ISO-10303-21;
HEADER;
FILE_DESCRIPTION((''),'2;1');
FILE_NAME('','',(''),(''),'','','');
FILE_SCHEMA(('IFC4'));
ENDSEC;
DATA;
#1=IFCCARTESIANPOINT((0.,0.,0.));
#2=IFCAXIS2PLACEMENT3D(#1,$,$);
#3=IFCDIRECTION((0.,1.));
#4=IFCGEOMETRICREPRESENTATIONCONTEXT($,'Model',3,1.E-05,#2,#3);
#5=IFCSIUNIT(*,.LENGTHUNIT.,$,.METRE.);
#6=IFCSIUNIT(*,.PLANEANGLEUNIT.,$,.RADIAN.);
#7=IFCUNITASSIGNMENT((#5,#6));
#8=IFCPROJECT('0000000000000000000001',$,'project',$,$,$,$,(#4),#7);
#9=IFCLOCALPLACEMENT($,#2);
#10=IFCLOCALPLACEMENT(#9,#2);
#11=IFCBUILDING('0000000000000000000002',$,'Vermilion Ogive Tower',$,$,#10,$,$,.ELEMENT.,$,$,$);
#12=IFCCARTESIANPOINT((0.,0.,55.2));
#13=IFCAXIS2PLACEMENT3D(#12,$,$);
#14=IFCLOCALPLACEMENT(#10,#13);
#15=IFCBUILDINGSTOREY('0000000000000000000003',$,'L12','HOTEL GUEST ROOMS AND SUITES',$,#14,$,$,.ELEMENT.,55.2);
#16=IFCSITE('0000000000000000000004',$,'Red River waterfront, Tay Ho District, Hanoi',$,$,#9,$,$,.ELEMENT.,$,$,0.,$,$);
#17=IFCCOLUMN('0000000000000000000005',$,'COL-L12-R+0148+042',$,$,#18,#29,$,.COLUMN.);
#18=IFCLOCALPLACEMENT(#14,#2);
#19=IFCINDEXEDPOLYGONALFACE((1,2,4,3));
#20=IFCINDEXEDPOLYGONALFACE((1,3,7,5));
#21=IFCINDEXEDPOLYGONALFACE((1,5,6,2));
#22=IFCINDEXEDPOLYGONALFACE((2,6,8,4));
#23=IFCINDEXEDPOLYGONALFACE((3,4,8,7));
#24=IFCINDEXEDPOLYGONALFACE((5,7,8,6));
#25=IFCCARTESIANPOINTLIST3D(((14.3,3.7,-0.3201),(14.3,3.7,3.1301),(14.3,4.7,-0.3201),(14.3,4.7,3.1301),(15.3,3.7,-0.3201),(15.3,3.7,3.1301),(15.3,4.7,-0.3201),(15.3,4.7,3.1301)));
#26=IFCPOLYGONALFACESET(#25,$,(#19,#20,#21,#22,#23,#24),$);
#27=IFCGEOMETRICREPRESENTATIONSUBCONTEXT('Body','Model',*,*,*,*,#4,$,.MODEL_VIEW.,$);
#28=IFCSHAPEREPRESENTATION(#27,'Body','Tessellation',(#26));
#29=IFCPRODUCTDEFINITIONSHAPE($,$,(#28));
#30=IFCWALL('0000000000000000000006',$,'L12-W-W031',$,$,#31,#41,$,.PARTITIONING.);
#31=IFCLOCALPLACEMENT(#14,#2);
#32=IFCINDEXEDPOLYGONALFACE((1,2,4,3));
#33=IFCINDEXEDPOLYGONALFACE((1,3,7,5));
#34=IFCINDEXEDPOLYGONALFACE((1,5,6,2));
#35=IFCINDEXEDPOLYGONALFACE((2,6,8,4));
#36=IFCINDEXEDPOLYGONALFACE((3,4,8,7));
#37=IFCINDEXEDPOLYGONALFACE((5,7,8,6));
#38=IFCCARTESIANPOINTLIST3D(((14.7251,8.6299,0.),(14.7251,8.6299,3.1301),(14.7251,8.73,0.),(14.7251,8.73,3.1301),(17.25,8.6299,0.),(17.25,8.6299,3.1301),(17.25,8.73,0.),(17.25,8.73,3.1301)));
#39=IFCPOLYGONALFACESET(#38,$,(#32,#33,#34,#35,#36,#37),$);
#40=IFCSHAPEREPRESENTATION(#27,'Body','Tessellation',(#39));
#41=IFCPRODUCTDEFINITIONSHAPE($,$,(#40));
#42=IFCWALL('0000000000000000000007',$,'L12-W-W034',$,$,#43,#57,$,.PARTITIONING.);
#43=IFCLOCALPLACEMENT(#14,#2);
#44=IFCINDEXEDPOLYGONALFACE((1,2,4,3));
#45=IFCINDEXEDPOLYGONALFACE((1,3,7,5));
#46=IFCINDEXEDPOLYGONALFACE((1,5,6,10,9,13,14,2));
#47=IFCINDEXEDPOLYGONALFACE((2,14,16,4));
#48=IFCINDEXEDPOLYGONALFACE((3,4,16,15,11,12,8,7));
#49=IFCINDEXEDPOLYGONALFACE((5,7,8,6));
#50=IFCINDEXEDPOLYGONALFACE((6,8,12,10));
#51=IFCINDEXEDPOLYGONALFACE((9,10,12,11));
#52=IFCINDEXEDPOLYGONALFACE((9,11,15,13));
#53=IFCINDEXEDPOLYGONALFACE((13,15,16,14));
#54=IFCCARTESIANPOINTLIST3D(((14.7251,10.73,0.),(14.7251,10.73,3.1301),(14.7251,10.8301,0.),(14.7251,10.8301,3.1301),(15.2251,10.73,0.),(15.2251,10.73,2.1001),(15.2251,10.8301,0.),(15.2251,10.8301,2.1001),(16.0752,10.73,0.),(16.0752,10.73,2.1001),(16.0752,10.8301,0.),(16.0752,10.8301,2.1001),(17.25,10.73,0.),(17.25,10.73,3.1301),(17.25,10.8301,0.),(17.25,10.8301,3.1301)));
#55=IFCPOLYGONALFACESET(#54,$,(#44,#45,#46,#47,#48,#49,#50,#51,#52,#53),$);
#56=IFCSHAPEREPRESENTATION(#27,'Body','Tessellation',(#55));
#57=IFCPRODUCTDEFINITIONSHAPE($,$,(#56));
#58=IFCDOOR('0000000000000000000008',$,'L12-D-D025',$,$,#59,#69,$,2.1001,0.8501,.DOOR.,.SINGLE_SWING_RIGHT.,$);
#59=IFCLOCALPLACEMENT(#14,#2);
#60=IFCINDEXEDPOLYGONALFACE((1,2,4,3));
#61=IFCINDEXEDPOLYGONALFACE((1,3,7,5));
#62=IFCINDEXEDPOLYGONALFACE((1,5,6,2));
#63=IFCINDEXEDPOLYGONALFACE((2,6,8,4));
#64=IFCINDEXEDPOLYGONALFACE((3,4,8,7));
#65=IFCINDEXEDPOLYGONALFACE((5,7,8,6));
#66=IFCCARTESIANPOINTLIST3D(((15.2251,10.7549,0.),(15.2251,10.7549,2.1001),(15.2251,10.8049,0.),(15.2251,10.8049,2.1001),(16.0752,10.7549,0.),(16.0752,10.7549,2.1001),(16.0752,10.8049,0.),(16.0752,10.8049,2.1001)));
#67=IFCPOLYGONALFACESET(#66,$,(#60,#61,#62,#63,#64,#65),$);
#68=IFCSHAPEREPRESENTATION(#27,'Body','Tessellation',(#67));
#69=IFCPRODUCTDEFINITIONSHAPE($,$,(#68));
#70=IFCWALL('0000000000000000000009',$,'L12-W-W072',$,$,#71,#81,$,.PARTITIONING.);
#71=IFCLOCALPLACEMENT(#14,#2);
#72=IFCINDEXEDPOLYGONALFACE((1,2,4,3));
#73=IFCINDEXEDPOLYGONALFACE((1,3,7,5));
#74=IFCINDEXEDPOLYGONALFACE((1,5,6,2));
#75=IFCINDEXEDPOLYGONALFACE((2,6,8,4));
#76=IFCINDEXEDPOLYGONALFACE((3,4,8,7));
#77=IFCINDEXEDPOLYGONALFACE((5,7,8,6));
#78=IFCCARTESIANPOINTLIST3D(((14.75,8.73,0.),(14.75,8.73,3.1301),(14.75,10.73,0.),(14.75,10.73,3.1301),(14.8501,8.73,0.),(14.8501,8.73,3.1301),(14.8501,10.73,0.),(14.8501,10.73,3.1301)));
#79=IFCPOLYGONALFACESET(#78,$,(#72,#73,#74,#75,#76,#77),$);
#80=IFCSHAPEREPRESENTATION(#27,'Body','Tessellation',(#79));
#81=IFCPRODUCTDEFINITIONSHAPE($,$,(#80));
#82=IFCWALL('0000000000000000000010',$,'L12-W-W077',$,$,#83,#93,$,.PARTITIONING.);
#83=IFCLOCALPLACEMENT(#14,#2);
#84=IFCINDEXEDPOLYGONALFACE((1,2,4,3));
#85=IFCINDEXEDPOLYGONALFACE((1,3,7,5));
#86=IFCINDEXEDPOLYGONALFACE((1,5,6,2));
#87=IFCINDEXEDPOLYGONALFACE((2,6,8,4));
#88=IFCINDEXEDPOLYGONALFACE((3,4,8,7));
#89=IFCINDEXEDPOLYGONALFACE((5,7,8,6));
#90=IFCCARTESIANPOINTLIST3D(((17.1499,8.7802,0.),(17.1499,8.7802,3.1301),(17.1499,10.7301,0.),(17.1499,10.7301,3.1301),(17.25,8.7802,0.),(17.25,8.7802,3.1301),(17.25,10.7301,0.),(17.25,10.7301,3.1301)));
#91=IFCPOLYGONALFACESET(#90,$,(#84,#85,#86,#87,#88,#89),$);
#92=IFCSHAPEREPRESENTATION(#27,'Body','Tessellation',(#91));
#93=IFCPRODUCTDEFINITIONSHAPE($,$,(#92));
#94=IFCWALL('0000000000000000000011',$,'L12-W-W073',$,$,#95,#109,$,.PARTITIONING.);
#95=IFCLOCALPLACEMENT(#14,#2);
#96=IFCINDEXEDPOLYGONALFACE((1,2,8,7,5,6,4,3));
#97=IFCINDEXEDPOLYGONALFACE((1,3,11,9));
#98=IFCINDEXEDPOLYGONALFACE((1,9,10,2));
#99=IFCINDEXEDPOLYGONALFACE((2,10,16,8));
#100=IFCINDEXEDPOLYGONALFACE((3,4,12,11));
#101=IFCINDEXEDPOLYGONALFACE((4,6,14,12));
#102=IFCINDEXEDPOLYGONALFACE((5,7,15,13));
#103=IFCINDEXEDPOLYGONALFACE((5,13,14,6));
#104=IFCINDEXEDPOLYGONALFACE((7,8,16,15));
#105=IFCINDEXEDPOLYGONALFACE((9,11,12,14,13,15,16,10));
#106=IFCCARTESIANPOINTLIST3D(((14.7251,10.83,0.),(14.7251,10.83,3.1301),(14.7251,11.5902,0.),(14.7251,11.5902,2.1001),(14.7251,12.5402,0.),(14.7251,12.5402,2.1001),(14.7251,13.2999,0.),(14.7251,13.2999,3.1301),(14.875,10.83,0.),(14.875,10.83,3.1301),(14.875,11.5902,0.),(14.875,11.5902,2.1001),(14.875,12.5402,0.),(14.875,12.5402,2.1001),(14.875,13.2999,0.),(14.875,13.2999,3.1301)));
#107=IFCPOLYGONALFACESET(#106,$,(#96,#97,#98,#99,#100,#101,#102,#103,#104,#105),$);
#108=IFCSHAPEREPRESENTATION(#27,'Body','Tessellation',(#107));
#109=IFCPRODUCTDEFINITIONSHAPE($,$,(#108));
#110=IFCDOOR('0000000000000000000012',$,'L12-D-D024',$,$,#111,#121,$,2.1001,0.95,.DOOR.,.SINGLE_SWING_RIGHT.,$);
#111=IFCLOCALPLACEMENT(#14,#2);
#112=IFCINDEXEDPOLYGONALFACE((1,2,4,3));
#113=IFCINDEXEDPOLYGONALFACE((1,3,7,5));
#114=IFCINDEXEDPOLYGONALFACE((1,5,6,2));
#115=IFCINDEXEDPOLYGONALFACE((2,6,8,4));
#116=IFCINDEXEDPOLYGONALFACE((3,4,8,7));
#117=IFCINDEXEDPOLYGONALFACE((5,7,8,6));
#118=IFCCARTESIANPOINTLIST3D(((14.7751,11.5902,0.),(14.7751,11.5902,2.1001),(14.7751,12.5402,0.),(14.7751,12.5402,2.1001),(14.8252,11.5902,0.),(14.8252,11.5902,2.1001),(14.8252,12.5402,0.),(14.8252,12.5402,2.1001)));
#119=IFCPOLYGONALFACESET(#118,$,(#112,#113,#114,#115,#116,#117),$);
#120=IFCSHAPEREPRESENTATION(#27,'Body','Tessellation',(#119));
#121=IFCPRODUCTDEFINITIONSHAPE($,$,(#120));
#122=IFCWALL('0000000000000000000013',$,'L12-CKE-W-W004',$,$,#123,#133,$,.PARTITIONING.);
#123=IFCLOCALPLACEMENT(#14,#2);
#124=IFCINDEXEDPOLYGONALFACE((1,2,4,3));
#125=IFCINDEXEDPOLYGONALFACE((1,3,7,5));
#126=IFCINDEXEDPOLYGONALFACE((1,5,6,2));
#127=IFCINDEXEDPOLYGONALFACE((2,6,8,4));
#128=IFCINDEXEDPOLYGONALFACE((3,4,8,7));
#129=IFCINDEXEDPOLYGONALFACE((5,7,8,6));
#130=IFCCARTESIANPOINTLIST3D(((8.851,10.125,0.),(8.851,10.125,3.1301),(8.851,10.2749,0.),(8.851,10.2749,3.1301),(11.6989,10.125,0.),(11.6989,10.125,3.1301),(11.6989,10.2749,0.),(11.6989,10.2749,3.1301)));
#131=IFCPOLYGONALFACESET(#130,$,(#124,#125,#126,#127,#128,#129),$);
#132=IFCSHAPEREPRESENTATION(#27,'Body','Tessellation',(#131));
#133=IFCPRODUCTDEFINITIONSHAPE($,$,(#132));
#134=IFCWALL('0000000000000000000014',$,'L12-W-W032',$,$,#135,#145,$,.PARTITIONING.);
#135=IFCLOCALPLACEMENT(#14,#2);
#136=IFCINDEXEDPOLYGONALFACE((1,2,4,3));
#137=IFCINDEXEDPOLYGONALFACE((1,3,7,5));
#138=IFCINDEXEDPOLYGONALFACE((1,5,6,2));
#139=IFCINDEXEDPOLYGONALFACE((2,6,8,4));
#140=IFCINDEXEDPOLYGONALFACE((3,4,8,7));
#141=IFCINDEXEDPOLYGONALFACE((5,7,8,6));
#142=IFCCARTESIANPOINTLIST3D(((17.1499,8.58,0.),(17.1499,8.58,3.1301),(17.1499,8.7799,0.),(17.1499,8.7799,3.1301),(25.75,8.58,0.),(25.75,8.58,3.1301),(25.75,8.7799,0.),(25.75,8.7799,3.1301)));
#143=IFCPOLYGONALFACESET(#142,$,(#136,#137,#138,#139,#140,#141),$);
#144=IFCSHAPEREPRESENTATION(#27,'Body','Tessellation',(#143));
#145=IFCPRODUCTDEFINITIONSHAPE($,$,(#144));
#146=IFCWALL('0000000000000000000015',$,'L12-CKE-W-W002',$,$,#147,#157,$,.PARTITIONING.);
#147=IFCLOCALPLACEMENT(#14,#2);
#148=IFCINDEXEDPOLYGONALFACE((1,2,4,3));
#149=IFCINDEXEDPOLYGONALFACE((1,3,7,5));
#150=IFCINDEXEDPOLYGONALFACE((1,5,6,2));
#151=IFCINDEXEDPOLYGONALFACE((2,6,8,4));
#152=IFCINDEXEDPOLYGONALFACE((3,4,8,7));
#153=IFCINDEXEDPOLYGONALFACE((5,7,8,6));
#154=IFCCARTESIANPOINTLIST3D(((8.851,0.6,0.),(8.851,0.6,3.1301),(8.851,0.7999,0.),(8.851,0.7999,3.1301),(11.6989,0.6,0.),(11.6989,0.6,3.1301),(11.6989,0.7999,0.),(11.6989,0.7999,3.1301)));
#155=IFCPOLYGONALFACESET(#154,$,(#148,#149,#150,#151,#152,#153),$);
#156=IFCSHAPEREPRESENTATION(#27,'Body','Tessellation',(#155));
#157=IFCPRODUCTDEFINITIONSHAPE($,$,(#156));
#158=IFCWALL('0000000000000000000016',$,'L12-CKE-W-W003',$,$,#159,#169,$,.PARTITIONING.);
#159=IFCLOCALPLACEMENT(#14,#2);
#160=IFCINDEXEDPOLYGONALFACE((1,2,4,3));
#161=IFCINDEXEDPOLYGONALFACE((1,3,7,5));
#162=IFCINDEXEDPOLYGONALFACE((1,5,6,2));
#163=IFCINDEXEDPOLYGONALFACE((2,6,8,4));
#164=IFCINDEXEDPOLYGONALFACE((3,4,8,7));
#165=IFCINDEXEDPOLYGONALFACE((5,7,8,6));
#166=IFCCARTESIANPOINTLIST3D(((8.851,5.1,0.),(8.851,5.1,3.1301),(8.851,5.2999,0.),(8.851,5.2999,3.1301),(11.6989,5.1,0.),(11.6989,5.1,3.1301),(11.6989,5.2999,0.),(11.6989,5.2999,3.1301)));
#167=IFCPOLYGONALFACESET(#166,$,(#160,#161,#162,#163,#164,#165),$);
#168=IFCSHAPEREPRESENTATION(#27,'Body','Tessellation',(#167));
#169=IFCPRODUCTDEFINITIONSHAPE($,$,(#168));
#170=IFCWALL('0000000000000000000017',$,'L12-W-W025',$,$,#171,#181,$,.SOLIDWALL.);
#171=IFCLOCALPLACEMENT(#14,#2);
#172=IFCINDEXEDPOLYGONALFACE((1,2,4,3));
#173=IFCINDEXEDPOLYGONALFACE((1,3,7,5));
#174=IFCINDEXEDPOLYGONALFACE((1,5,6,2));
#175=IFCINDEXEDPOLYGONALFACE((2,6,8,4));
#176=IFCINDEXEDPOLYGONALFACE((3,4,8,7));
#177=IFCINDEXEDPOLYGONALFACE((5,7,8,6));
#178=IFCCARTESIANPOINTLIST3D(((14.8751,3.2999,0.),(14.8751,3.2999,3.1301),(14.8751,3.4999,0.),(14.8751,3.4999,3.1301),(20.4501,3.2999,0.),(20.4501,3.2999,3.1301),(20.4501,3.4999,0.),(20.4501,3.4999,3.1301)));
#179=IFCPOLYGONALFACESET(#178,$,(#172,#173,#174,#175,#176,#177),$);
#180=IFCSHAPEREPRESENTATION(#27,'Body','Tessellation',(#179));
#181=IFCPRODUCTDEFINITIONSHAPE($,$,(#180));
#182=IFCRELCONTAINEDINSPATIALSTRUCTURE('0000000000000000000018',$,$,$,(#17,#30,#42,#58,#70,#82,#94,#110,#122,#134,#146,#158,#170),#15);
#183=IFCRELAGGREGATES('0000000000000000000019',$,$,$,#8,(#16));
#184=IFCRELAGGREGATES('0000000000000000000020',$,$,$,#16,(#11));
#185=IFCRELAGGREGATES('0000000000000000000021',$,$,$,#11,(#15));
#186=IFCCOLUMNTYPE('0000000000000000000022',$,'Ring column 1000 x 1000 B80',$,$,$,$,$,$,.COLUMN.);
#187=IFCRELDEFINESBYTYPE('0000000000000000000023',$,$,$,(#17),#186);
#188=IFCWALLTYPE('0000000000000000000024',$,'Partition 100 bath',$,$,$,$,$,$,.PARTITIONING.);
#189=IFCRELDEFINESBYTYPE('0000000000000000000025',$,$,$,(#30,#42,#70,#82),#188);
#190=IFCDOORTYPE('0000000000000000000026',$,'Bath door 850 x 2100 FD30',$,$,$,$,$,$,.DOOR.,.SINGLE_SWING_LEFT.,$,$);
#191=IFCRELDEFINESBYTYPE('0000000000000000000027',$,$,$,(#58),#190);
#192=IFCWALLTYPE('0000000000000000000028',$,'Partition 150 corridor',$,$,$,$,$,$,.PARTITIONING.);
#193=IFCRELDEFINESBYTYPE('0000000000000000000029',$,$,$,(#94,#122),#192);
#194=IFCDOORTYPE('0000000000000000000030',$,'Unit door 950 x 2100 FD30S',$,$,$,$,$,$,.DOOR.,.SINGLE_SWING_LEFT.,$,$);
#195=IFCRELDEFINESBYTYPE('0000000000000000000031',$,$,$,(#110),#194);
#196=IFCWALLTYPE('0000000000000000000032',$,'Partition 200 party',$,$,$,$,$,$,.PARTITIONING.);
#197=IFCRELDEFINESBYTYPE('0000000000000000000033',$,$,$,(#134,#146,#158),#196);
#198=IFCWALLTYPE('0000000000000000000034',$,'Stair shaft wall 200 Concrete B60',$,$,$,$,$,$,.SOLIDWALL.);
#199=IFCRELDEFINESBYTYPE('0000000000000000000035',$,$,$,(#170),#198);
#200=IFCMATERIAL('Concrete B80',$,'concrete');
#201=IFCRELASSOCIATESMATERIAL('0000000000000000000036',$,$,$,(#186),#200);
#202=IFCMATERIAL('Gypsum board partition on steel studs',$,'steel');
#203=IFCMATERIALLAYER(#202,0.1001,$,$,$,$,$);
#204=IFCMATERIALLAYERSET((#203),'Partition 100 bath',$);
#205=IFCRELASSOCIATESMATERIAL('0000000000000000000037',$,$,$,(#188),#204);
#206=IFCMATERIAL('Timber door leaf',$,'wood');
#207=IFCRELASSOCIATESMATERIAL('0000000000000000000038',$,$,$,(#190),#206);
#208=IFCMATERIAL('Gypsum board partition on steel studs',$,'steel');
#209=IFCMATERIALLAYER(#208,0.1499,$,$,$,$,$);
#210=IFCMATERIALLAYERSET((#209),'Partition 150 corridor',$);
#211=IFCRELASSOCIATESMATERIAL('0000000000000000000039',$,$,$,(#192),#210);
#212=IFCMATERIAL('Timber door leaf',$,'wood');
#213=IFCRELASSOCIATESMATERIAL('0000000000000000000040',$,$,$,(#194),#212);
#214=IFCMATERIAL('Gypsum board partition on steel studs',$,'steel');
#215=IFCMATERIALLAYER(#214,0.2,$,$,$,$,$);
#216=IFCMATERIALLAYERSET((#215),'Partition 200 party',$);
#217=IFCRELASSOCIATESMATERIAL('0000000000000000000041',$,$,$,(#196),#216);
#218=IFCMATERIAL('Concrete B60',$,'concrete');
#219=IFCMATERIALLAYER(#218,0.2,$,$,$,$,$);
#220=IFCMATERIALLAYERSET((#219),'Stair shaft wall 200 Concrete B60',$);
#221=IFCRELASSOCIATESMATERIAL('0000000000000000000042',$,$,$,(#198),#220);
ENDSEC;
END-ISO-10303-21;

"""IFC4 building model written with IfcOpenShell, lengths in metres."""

from ifc_helpers import new_model, si_unit, direction, frame, frame_2d, origin, origin_2d, place, context, subcontext, project, spatial, rectangle, extrude, material, layer, layer_set, material_profile, profile_set, type_object, element, fill, save


model = new_model("IFC4")

# Units and contexts
model_context = context("Model", 3, precision=1e-05, world=origin(), true_north=direction((0.0, 1.0)))
body_context = subcontext(model_context, "Body", "Model", "MODEL_VIEW")
ifc_project = project(units=[si_unit("LENGTHUNIT", "METRE"), si_unit("PLANEANGLEUNIT", "RADIAN")], contexts=[model_context])

# Site, building, storey
site_placement = place(None, origin())
site = spatial("IfcSite", under=ifc_project, at=site_placement, Name="Red River waterfront, Tay Ho District, Hanoi", CompositionType="ELEMENT", RefElevation=0.0)
building_placement = place(site_placement, origin())
building = spatial("IfcBuilding", under=site, at=building_placement, Name="Vermilion Ogive Tower", CompositionType="ELEMENT")
storey_placement = place(building_placement, frame((0.0, 0.0, 55.2)))
storey = spatial("IfcBuildingStorey", under=building, at=storey_placement, Name="L12", Description="HOTEL GUEST ROOMS AND SUITES", CompositionType="ELEMENT", Elevation=55.2)

# Column
ifc_material_1 = material(Name="Concrete B80", Category="concrete")
ifc_material_profile = material_profile(ifc_material_1, rectangle(XDim=1.0, YDim=1.0, at=origin_2d()), Name="1000 x 1000")
ifc_profile_set = profile_set([ifc_material_profile], Name="Concrete B80")
column_type = type_object("IfcColumnType", Name="Ring column 1000 x 1000 B80", PredefinedType="COLUMN", material=ifc_profile_set)
column_placement = place(storey_placement, frame((14.8, 4.2, -0.3201), z_axis=(0.0, 0.0, 1.0), x_axis=(1.0, 0.0, 0.0)))
element("IfcColumn", 1, at=column_placement, inside=storey, type_object=column_type, Name="COL-L12-R+0148+042", PredefinedType="COLUMN", context=body_context, shape_type="SweptSolid", body=[
    extrude(rectangle(XDim=1.0, YDim=1.0, at=origin_2d()), origin(), (0.0, 0.0, 1.0), 3.4502),
])

# Wall
ifc_material_2 = material(Name="Gypsum board partition on steel studs", Category="steel")
ifc_layer_1 = layer(ifc_material_2, 0.1001)
ifc_layer_set_1 = layer_set([ifc_layer_1], Name="Partition 100 bath")
wall_type_1 = type_object("IfcWallType", Name="Partition 100 bath", PredefinedType="PARTITIONING", material=ifc_layer_set_1)
wall_1_placement = place(storey_placement, frame((14.7251, 8.6799, 0.0), z_axis=(0.0, 0.0, 1.0), x_axis=(1.0, 0.0, 0.0)))
element("IfcWall", 2, at=wall_1_placement, inside=storey, type_object=wall_type_1, Name="L12-W-W031", PredefinedType="PARTITIONING", context=body_context, shape_type="SweptSolid", body=[
    extrude(rectangle(XDim=2.5249, YDim=0.1001, at=frame_2d((1.2625, 0.0))), origin(), (0.0, 0.0, 1.0), 3.1301),
])

# Wall, opening, door
wall_2_placement = place(storey_placement, frame((14.7251, 10.78, 0.0), z_axis=(0.0, 0.0, 1.0), x_axis=(1.0, 0.0, 0.0)))
wall_2 = element("IfcWall", 3, at=wall_2_placement, inside=storey, type_object=wall_type_1, Name="L12-W-W034", PredefinedType="PARTITIONING", context=body_context, shape_type="SweptSolid", body=[
    extrude(rectangle(XDim=2.5249, YDim=0.1001, at=frame_2d((1.2625, 0.0))), origin(), (0.0, 0.0, 1.0), 3.1301),
])
opening_1_placement = place(wall_2_placement, frame((0.5, 0.0, 0.0)))
opening_1 = element("IfcOpeningElement", 4, at=opening_1_placement, cuts=wall_2, PredefinedType="OPENING", context=body_context, shape_type="SweptSolid", body=[
    extrude(rectangle(XDim=0.8501, YDim=2.1001, at=frame_2d((0.425, 1.05))), frame((0.0, 0.0601, 0.0), z_axis=(0.0, -1.0, 0.0), x_axis=(1.0, 0.0, 0.0)), (0.0, 0.0, 1.0), 0.1201),
])
ifc_material_3 = material(Name="Timber door leaf", Category="wood")
door_type_1 = type_object("IfcDoorType", Name="Bath door 850 x 2100 FD30", OperationType="SINGLE_SWING_LEFT", PredefinedType="DOOR", material=ifc_material_3)
door_1_placement = place(opening_1_placement, origin())
door_1 = element("IfcDoor", 5, at=door_1_placement, inside=storey, type_object=door_type_1, Name="L12-D-D025", OperationType="SINGLE_SWING_RIGHT", OverallHeight=2.1001, OverallWidth=0.8501, PredefinedType="DOOR", context=body_context, shape_type="SweptSolid", body=[
    extrude(rectangle(XDim=0.8501, YDim=2.1001, at=frame_2d((0.425, 1.05))), frame((0.0, 0.0249, 0.0), z_axis=(0.0, -1.0, 0.0), x_axis=(1.0, 0.0, 0.0)), (0.0, 0.0, 1.0), 0.05),
])
fill(opening_1, door_1)

# Walls
wall_3_placement = place(storey_placement, frame((14.8, 8.73, 0.0), z_axis=(0.0, 0.0, 1.0), x_axis=(0.0, 1.0, 0.0)))
element("IfcWall", 6, at=wall_3_placement, inside=storey, type_object=wall_type_1, Name="L12-W-W072", PredefinedType="PARTITIONING", context=body_context, shape_type="SweptSolid", body=[
    extrude(rectangle(XDim=2.0, YDim=0.1001, at=frame_2d((1.0, 0.0))), origin(), (0.0, 0.0, 1.0), 3.1301),
])
wall_4_placement = place(storey_placement, frame((17.2, 8.78, 0.0), z_axis=(0.0, 0.0, 1.0), x_axis=(0.0, 1.0, 0.0)))
element("IfcWall", 7, at=wall_4_placement, inside=storey, type_object=wall_type_1, Name="L12-W-W077", PredefinedType="PARTITIONING", context=body_context, shape_type="SweptSolid", body=[
    extrude(rectangle(XDim=1.95, YDim=0.1001, at=frame_2d((0.9751, 0.0))), origin(), (0.0, 0.0, 1.0), 3.1301),
])

# Wall, opening, door
ifc_material_4 = material(Name="Gypsum board partition on steel studs", Category="steel")
ifc_layer_2 = layer(ifc_material_4, 0.1499)
ifc_layer_set_2 = layer_set([ifc_layer_2], Name="Partition 150 corridor")
wall_type_2 = type_object("IfcWallType", Name="Partition 150 corridor", PredefinedType="PARTITIONING", material=ifc_layer_set_2)
wall_5_placement = place(storey_placement, frame((14.8, 10.8301, 0.0), z_axis=(0.0, 0.0, 1.0), x_axis=(0.0, 1.0, 0.0)))
wall_5 = element("IfcWall", 8, at=wall_5_placement, inside=storey, type_object=wall_type_2, Name="L12-W-W073", PredefinedType="PARTITIONING", context=body_context, shape_type="SweptSolid", body=[
    extrude(rectangle(XDim=2.47, YDim=0.1499, at=frame_2d((1.2349, 0.0))), origin(), (0.0, 0.0, 1.0), 3.1301),
])
opening_2_placement = place(wall_5_placement, frame((0.76, 0.0, 0.0)))
opening_2 = element("IfcOpeningElement", 9, at=opening_2_placement, cuts=wall_5, PredefinedType="OPENING", context=body_context, shape_type="SweptSolid", body=[
    extrude(rectangle(XDim=0.95, YDim=2.1001, at=frame_2d((0.4751, 1.05))), frame((0.0, 0.085, 0.0), z_axis=(0.0, -1.0, 0.0), x_axis=(1.0, 0.0, 0.0)), (0.0, 0.0, 1.0), 0.1699),
])
ifc_material_5 = material(Name="Timber door leaf", Category="wood")
door_type_2 = type_object("IfcDoorType", Name="Unit door 950 x 2100 FD30S", OperationType="SINGLE_SWING_LEFT", PredefinedType="DOOR", material=ifc_material_5)
door_2_placement = place(opening_2_placement, origin())
door_2 = element("IfcDoor", 10, at=door_2_placement, inside=storey, type_object=door_type_2, Name="L12-D-D024", OperationType="SINGLE_SWING_RIGHT", OverallHeight=2.1001, OverallWidth=0.95, PredefinedType="DOOR", context=body_context, shape_type="SweptSolid", body=[
    extrude(rectangle(XDim=0.95, YDim=2.1001, at=frame_2d((0.4751, 1.05))), frame((0.0, 0.0249, 0.0), z_axis=(0.0, -1.0, 0.0), x_axis=(1.0, 0.0, 0.0)), (0.0, 0.0, 1.0), 0.05),
])
fill(opening_2, door_2)

# Walls
wall_6_placement = place(storey_placement, frame((8.8511, 10.2, 0.0), z_axis=(0.0, 0.0, 1.0), x_axis=(1.0, 0.0, 0.0)))
element("IfcWall", 11, at=wall_6_placement, inside=storey, type_object=wall_type_2, Name="L12-CKE-W-W004", PredefinedType="PARTITIONING", context=body_context, shape_type="SweptSolid", body=[
    extrude(rectangle(XDim=2.8479, YDim=0.1499, at=frame_2d((1.4238, 0.0))), origin(), (0.0, 0.0, 1.0), 3.1301),
])
ifc_material_6 = material(Name="Gypsum board partition on steel studs", Category="steel")
ifc_layer_3 = layer(ifc_material_6, 0.2)
ifc_layer_set_3 = layer_set([ifc_layer_3], Name="Partition 200 party")
wall_type_3 = type_object("IfcWallType", Name="Partition 200 party", PredefinedType="PARTITIONING", material=ifc_layer_set_3)
wall_7_placement = place(storey_placement, frame((17.1499, 8.6799, 0.0), z_axis=(0.0, 0.0, 1.0), x_axis=(1.0, 0.0, 0.0)))
element("IfcWall", 12, at=wall_7_placement, inside=storey, type_object=wall_type_3, Name="L12-W-W032", PredefinedType="PARTITIONING", context=body_context, shape_type="SweptSolid", body=[
    extrude(rectangle(XDim=8.6001, YDim=0.2, at=frame_2d((4.3, 0.0))), origin(), (0.0, 0.0, 1.0), 3.1301),
])
for number, where, z_axis, x_axis, name in (
    (13, (8.8511, 0.7, 0.0), (0.0, 0.0, 1.0), (1.0, 0.0, 0.0), "L12-CKE-W-W002"),
    (14, (8.8511, 5.2, 0.0), (0.0, 0.0, 1.0), (1.0, 0.0, 0.0), "L12-CKE-W-W003"),
):
    element("IfcWall", number, at=place(storey_placement, frame(where, z_axis=z_axis, x_axis=x_axis)), inside=storey, type_object=wall_type_3, Name=name, PredefinedType="PARTITIONING", context=body_context, shape_type="SweptSolid", body=[
        extrude(rectangle(XDim=2.8479, YDim=0.2, at=frame_2d((1.4238, 0.0))), origin(), (0.0, 0.0, 1.0), 3.1301),
    ])
ifc_material_7 = material(Name="Concrete B60", Category="concrete")
ifc_layer_4 = layer(ifc_material_7, 0.2)
ifc_layer_set_4 = layer_set([ifc_layer_4], Name="Stair shaft wall 200 Concrete B60")
wall_type_4 = type_object("IfcWallType", Name="Stair shaft wall 200 Concrete B60", PredefinedType="SOLIDWALL", material=ifc_layer_set_4)
wall_8_placement = place(storey_placement, frame((14.875, 3.3999, 0.0), z_axis=(0.0, 0.0, 1.0), x_axis=(1.0, 0.0, 0.0)))
element("IfcWall", 15, at=wall_8_placement, inside=storey, type_object=wall_type_4, Name="L12-W-W025", PredefinedType="SOLIDWALL", context=body_context, shape_type="SweptSolid", body=[
    extrude(rectangle(XDim=5.575, YDim=0.2, at=frame_2d((2.7876, 0.0))), origin(), (0.0, 0.0, 1.0), 3.1301),
])

save(model, "model.ifc")
